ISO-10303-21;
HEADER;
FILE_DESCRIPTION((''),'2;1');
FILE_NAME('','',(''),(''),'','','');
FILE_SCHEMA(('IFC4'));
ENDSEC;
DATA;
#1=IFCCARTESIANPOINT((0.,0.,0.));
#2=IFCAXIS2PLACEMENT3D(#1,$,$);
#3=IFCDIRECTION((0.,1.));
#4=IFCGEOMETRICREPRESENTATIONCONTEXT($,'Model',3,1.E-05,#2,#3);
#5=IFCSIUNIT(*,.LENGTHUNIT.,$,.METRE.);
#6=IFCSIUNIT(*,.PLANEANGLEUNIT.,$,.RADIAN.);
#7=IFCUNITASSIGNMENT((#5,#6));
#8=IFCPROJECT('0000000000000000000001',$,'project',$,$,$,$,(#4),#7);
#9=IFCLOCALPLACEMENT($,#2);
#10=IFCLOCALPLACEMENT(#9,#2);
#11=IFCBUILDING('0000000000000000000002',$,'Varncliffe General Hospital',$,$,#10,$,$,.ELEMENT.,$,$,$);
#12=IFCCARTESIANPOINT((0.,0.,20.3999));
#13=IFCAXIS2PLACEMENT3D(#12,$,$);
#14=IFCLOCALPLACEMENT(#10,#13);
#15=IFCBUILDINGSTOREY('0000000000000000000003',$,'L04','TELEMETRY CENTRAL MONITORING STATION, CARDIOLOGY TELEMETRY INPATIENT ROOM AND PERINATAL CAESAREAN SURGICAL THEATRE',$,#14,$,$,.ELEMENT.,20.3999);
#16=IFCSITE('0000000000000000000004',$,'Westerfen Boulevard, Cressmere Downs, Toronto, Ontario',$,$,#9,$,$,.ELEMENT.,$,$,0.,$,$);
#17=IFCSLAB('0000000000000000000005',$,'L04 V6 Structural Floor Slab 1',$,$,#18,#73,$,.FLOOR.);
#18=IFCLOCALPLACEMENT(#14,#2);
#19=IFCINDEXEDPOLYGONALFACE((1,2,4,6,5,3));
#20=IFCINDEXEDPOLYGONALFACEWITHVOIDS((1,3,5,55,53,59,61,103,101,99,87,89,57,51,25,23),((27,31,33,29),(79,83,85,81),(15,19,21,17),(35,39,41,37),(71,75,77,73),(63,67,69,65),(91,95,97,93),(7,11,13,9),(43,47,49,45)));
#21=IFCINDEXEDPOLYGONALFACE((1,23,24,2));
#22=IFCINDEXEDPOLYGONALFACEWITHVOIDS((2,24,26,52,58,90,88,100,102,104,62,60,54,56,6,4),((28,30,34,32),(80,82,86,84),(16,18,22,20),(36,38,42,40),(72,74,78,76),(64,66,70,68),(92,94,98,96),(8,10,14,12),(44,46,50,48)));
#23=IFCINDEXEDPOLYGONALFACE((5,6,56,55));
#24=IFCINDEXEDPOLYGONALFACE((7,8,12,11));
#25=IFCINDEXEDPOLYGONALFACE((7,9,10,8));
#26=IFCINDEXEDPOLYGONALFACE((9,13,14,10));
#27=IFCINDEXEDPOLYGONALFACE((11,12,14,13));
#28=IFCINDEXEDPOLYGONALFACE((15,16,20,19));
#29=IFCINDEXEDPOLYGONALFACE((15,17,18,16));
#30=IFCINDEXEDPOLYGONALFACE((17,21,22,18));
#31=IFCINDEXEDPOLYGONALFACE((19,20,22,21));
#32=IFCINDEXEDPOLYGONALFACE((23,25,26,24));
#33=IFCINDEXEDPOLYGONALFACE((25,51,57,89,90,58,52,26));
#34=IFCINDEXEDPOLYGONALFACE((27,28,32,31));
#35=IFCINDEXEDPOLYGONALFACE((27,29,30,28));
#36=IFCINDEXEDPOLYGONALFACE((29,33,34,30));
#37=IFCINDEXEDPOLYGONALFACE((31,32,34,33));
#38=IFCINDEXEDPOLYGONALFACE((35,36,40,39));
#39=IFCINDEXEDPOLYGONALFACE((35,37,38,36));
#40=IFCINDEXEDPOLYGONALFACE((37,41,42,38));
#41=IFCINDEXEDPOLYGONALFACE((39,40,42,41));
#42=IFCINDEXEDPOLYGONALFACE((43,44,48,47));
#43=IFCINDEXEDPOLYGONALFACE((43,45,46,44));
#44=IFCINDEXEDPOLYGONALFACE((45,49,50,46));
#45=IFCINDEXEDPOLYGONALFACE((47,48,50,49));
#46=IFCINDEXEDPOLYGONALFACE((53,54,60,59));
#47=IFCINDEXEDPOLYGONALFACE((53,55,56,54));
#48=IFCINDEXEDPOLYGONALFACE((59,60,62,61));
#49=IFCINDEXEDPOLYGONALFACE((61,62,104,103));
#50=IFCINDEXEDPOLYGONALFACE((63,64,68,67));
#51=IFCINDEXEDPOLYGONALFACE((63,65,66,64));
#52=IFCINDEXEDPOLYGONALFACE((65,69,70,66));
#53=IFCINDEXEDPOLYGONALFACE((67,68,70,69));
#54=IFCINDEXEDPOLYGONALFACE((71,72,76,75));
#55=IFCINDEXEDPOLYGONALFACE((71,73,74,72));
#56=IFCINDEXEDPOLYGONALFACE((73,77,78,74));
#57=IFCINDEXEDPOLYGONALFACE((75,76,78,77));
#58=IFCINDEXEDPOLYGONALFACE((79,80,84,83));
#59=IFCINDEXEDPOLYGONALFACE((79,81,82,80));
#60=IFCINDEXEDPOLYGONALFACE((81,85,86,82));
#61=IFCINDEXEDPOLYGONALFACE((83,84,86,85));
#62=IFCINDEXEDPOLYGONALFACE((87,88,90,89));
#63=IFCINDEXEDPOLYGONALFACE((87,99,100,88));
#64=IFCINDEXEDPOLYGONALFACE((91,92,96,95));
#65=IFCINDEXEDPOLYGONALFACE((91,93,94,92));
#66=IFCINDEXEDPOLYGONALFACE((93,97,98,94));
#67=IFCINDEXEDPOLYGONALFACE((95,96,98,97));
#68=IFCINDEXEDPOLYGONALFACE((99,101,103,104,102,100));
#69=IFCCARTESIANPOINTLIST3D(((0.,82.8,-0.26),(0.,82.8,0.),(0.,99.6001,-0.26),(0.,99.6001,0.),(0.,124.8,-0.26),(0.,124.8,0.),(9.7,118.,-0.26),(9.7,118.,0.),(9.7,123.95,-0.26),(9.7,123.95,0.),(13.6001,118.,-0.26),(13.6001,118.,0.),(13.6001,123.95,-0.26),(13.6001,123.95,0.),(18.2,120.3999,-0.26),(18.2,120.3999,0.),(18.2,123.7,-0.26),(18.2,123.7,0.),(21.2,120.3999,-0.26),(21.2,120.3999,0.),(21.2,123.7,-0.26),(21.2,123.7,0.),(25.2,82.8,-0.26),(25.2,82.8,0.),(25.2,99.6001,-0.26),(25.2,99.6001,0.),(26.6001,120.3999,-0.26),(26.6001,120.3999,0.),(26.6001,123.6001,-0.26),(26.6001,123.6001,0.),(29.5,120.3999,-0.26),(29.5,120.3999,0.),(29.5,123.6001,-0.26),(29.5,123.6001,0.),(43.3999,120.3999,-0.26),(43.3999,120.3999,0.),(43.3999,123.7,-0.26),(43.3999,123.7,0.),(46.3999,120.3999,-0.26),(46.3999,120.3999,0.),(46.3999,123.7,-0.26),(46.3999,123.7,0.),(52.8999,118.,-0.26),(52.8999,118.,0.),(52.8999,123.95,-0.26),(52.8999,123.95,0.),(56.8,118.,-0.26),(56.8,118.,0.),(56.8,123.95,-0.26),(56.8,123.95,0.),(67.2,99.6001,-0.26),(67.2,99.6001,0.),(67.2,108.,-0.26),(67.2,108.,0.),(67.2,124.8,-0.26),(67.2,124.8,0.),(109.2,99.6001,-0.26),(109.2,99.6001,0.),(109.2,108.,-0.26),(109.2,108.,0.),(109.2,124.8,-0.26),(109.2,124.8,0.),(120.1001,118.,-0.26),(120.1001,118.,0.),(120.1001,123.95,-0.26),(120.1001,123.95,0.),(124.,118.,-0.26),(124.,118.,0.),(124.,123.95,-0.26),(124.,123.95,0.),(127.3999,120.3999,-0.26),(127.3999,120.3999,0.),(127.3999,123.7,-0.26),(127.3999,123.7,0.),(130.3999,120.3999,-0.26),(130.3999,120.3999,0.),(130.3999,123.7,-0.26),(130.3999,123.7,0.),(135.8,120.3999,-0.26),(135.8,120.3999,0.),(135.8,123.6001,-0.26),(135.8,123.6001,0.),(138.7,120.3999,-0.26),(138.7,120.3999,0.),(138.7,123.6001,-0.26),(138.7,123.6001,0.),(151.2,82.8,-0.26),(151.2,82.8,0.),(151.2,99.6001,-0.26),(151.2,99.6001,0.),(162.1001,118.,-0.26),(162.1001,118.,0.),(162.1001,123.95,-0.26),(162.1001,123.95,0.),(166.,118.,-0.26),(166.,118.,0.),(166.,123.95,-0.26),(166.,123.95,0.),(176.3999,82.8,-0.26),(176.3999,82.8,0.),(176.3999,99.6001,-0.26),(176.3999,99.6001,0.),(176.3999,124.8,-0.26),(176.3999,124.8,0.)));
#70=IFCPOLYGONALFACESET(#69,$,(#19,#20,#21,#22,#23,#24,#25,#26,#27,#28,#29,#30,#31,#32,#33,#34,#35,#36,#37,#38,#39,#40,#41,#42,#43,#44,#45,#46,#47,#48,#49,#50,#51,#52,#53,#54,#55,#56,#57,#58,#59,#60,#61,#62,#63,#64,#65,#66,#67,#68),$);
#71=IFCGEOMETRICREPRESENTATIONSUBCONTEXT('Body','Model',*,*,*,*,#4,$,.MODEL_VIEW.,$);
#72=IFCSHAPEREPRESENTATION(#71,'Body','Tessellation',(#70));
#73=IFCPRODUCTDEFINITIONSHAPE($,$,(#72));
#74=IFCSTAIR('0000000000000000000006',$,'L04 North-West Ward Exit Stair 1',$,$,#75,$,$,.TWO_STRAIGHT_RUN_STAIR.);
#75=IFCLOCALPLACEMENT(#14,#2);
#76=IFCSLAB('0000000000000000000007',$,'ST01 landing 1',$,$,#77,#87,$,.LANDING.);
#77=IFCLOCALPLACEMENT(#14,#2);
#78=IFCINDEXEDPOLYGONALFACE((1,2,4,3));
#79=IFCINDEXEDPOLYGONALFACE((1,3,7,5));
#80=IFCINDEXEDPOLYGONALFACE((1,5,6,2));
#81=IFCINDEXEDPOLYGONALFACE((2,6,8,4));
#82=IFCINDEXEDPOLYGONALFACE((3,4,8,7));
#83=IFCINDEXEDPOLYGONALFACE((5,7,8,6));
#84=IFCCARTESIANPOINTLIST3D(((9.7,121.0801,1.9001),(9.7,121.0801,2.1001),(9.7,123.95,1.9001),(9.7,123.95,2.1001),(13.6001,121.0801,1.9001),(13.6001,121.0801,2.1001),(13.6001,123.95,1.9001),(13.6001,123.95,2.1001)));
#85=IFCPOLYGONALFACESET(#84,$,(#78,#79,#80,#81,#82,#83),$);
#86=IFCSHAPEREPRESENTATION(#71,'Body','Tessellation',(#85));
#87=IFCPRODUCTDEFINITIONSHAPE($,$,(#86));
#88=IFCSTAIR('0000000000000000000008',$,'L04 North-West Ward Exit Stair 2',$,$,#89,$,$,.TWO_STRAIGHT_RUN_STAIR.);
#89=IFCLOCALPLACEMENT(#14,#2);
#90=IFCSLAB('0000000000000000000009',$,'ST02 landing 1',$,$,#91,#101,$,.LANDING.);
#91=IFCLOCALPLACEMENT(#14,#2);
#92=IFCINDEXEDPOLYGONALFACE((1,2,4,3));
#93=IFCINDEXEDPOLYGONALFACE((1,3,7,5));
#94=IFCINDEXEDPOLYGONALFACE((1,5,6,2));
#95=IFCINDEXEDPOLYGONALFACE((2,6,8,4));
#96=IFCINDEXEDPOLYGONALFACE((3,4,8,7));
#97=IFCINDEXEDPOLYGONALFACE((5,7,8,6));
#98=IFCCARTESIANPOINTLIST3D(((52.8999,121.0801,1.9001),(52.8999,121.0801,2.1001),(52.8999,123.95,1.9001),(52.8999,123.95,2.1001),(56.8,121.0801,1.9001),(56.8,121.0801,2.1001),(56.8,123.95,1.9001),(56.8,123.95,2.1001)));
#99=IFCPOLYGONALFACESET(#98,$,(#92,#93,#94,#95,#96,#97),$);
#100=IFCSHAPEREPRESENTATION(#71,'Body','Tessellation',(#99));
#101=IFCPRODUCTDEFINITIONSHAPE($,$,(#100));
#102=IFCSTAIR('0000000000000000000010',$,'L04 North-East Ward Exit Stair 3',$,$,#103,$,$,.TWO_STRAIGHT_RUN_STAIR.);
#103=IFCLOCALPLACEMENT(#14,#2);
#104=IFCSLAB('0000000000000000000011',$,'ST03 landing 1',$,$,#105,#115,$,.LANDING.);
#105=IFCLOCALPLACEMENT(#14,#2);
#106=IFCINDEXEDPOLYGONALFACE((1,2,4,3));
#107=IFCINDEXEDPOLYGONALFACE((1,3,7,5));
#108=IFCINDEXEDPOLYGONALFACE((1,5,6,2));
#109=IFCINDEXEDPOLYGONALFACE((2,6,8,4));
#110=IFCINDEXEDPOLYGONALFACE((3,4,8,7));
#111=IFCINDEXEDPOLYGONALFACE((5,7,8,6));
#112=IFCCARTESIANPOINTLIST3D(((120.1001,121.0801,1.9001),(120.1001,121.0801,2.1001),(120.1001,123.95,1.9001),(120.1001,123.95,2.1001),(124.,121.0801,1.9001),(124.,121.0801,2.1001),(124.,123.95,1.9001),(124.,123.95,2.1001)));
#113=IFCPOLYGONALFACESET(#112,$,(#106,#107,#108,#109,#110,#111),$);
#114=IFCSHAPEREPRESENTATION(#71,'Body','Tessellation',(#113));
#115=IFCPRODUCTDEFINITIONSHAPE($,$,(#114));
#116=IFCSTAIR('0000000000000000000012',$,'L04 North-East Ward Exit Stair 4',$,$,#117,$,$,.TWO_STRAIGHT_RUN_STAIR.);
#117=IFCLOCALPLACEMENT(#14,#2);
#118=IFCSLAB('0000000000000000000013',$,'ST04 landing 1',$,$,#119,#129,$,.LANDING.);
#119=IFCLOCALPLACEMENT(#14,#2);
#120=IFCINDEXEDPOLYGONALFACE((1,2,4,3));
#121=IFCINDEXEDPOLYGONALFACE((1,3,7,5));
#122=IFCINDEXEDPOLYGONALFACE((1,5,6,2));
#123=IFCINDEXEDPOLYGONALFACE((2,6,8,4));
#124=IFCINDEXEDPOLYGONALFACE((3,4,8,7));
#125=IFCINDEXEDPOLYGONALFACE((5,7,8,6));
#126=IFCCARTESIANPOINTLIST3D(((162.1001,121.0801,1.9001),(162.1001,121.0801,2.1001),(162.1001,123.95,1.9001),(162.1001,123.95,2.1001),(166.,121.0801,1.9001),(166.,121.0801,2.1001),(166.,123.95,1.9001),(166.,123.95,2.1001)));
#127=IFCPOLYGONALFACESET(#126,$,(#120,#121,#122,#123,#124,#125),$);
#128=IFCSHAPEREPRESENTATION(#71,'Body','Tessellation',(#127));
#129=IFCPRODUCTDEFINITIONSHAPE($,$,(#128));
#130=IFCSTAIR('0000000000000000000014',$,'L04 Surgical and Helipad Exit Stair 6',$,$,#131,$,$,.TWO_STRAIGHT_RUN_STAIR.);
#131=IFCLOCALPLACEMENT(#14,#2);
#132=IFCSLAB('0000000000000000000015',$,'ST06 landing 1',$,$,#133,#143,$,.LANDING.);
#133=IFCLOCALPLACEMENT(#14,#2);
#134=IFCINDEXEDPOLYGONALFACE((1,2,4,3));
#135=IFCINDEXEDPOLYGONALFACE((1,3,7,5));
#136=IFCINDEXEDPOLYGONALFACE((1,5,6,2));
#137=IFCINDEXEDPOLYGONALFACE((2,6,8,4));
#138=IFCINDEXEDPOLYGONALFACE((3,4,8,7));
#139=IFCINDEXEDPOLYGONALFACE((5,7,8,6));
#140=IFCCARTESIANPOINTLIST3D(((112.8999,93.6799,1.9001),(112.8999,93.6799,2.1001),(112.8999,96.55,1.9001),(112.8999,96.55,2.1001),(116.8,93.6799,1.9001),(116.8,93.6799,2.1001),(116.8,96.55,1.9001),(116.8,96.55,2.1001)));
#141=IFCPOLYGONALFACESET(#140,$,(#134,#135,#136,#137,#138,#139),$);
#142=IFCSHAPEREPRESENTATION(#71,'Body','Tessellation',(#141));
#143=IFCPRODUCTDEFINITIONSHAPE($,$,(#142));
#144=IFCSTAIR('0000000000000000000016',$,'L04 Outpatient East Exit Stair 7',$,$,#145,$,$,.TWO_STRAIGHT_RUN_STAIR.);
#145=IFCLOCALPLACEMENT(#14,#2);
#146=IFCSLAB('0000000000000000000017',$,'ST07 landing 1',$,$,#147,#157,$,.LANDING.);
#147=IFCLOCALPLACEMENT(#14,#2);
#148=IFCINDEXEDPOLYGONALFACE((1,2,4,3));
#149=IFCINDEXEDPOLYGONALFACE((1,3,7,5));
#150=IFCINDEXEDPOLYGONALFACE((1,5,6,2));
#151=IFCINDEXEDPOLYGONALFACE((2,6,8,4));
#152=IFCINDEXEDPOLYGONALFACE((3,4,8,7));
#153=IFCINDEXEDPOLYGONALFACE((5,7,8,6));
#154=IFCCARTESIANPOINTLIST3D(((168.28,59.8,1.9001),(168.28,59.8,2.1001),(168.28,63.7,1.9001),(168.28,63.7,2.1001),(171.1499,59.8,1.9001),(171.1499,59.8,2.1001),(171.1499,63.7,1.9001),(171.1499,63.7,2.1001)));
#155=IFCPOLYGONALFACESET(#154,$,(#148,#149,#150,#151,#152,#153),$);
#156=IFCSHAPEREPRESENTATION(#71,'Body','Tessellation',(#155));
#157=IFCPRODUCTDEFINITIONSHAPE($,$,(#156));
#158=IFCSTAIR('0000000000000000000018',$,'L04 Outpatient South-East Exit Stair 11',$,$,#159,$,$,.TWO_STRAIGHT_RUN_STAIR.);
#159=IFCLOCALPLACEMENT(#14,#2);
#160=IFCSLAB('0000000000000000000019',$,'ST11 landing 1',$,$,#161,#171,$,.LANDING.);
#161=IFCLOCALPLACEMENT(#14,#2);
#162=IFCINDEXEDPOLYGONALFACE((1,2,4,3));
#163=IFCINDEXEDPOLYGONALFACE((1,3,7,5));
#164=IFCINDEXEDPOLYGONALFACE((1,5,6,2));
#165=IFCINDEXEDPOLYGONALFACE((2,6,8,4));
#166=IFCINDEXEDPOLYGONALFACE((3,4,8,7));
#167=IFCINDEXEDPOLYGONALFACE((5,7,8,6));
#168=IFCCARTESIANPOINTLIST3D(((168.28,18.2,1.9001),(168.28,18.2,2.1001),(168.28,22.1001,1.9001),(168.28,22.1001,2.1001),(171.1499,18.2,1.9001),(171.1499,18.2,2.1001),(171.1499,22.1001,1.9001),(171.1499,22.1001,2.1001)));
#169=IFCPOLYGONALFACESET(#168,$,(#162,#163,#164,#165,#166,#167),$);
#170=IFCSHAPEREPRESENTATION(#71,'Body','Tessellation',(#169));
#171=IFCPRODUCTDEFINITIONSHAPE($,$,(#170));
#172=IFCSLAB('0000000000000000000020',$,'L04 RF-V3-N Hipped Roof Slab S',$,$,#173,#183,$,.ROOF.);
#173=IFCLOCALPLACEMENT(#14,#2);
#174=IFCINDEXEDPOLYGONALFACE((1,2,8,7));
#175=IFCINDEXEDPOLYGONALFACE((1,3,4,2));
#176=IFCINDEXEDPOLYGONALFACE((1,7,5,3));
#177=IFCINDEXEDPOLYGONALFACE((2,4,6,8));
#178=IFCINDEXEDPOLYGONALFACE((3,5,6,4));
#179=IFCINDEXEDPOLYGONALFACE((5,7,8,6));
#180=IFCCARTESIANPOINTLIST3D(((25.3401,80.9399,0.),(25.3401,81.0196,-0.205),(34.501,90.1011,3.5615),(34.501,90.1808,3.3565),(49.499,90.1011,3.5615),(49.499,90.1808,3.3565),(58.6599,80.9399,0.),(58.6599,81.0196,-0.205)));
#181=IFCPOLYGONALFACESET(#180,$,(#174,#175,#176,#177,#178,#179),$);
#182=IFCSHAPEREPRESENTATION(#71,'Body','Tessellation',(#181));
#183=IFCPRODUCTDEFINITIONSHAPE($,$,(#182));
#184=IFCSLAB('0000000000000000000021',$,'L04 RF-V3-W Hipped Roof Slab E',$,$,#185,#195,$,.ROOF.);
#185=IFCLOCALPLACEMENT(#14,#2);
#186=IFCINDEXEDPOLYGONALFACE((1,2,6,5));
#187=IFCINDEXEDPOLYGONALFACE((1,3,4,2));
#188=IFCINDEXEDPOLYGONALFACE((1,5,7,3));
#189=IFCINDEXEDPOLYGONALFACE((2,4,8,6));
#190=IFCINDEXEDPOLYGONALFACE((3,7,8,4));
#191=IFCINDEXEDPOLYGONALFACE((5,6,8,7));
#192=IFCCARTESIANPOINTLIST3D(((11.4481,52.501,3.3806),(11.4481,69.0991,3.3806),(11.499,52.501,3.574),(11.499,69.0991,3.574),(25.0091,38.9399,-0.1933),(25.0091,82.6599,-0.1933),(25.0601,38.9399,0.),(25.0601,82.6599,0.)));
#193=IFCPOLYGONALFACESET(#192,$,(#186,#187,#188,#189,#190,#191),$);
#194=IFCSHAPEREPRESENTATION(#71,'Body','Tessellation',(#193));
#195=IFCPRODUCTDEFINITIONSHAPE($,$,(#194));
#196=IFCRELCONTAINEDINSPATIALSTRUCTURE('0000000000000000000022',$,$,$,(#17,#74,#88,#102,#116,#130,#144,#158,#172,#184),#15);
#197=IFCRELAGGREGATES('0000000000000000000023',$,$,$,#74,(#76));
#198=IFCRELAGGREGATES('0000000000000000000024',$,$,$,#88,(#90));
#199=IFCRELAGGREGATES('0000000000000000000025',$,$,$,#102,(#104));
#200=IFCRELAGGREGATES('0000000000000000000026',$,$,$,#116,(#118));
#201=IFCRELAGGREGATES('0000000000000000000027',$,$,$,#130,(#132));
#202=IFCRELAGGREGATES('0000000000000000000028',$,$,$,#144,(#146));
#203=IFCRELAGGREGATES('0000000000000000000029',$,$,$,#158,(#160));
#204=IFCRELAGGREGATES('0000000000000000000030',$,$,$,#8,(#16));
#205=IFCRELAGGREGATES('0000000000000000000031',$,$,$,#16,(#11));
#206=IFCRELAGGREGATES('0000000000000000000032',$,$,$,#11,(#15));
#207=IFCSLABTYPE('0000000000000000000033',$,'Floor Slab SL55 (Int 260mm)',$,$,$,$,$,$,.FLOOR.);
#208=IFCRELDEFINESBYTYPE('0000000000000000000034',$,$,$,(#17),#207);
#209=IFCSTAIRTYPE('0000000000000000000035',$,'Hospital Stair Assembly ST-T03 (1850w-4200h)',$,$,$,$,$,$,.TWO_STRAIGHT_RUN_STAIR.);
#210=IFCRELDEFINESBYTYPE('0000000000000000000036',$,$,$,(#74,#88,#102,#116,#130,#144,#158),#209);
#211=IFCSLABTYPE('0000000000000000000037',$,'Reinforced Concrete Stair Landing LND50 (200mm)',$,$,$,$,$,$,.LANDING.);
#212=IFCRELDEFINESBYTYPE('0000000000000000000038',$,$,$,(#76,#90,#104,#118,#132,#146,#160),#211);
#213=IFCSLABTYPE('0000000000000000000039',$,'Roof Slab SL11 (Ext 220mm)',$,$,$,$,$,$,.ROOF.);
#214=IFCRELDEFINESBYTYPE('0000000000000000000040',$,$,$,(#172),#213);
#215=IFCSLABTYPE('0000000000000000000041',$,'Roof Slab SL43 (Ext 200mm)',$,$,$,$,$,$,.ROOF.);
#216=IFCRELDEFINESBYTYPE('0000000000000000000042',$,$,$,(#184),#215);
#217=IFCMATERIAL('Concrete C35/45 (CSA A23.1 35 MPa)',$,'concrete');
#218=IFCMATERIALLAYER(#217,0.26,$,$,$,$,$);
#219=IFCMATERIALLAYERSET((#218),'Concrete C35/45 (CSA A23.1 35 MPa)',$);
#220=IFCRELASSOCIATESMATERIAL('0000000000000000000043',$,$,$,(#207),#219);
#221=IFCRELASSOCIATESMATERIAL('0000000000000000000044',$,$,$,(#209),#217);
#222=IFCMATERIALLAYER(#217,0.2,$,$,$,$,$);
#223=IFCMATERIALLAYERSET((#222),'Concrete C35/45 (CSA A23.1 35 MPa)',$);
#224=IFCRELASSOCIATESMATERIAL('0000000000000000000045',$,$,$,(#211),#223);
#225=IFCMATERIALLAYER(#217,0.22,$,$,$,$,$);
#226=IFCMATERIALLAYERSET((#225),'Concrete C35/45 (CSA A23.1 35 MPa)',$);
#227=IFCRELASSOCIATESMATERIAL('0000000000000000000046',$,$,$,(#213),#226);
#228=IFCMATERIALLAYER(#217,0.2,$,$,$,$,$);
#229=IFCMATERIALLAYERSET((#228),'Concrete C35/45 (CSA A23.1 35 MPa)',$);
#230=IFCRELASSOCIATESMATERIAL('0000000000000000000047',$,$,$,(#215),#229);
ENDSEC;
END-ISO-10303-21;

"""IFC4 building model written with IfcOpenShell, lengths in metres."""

from ifc_helpers import new_model, si_unit, direction, frame, origin, place, context, subcontext, project, spatial, polyline, outline, extrude, material, layer, layer_set, type_object, element, aggregate, save


model = new_model("IFC4")

# Units and contexts
model_context = context("Model", 3, precision=1e-05, world=origin(), true_north=direction((0.0, 1.0)))
body_context = subcontext(model_context, "Body", "Model", "MODEL_VIEW")
ifc_project = project(units=[si_unit("LENGTHUNIT", "METRE"), si_unit("PLANEANGLEUNIT", "RADIAN")], contexts=[model_context])

# Site, building, storey
site_placement = place(None, origin())
site = spatial("IfcSite", under=ifc_project, at=site_placement, Name="Westerfen Boulevard, Cressmere Downs, Toronto, Ontario", CompositionType="ELEMENT", RefElevation=0.0)
building_placement = place(site_placement, origin())
building = spatial("IfcBuilding", under=site, at=building_placement, Name="Varncliffe General Hospital", CompositionType="ELEMENT")
storey_placement = place(building_placement, frame((0.0, 0.0, 20.3999)))
storey = spatial("IfcBuildingStorey", under=building, at=storey_placement, Name="L04", Description="TELEMETRY CENTRAL MONITORING STATION, CARDIOLOGY TELEMETRY INPATIENT ROOM AND PERINATAL CAESAREAN SURGICAL THEATRE", CompositionType="ELEMENT", Elevation=20.3999)

# Shared definitions
ifc_material_1 = material(Name="Concrete C35/45 (CSA A23.1 35 MPa)", Category="concrete")

# Slab
ifc_layer_1 = layer(ifc_material_1, 0.26)
ifc_layer_set_1 = layer_set([ifc_layer_1], Name="Concrete C35/45 (CSA A23.1 35 MPa)")
slab_type_1 = type_object("IfcSlabType", Name="Floor Slab SL55 (Int 260mm)", PredefinedType="FLOOR", material=ifc_layer_set_1)
slab_1_placement = place(storey_placement, frame((0.0, 0.0, -0.26)))
element("IfcSlab", 1, at=slab_1_placement, inside=storey, type_object=slab_type_1, Name="L04 V6 Structural Floor Slab 1", PredefinedType="FLOOR", context=body_context, shape_type="SweptSolid", body=[
    extrude(outline(polyline([(0.0, 99.6001), (0.0, 124.8), (67.2, 124.8), (67.2, 108.0), (109.2, 108.0), (109.2, 124.8), (176.3999, 124.8), (176.3999, 99.6001), (176.3999, 82.8), (151.2, 82.8), (151.2, 99.6001), (109.2, 99.6001), (67.2, 99.6001), (25.2, 99.6001), (25.2, 82.8), (0.0, 82.8), (0.0, 99.6001)]), holes=[polyline([(13.6001, 118.0), (13.6001, 123.95), (9.7, 123.95), (9.7, 118.0), (13.6001, 118.0)]), polyline([(56.8, 118.0), (56.8, 123.95), (52.8999, 123.95), (52.8999, 118.0), (56.8, 118.0)]), polyline([(124.0, 118.0), (124.0, 123.95), (120.1001, 123.95), (120.1001, 118.0), (124.0, 118.0)]), polyline([(166.0, 118.0), (166.0, 123.95), (162.1001, 123.95), (162.1001, 118.0), (166.0, 118.0)]), polyline([(18.2, 120.3999), (21.2, 120.3999), (21.2, 123.7), (18.2, 123.7), (18.2, 120.3999)]), polyline([(43.3999, 120.3999), (46.3999, 120.3999), (46.3999, 123.7), (43.3999, 123.7), (43.3999, 120.3999)]), polyline([(127.3999, 120.3999), (130.3999, 120.3999), (130.3999, 123.7), (127.3999, 123.7), (127.3999, 120.3999)]), polyline([(26.6001, 120.3999), (29.5, 120.3999), (29.5, 123.6001), (26.6001, 123.6001), (26.6001, 120.3999)]), polyline([(135.8, 120.3999), (138.7, 120.3999), (138.7, 123.6001), (135.8, 123.6001), (135.8, 120.3999)])]), origin(), (0.0, 0.0, 1.0), 0.26),
])

# Stairs, slabs
stair_type = type_object("IfcStairType", Name="Hospital Stair Assembly ST-T03 (1850w-4200h)", PredefinedType="TWO_STRAIGHT_RUN_STAIR", material=ifc_material_1)
stair_1_placement = place(storey_placement, origin())
stair_1 = element("IfcStair", 2, at=stair_1_placement, inside=storey, type_object=stair_type, Name="L04 North-West Ward Exit Stair 1", PredefinedType="TWO_STRAIGHT_RUN_STAIR")
ifc_layer_2 = layer(ifc_material_1, 0.2)
ifc_layer_set_2 = layer_set([ifc_layer_2], Name="Concrete C35/45 (CSA A23.1 35 MPa)")
slab_type_2 = type_object("IfcSlabType", Name="Reinforced Concrete Stair Landing LND50 (200mm)", PredefinedType="LANDING", material=ifc_layer_set_2)
slab_2_placement = place(storey_placement, frame((0.0, 0.0, 1.9001)))
slab_2 = element("IfcSlab", 3, at=slab_2_placement, type_object=slab_type_2, Name="ST01 landing 1", PredefinedType="LANDING", context=body_context, shape_type="SweptSolid", body=[
    extrude(outline(polyline([(13.6001, 121.0801), (13.6001, 123.95), (9.7, 123.95), (9.7, 121.0801), (13.6001, 121.0801)])), origin(), (0.0, 0.0, 1.0), 0.2),
])
aggregate(stair_1, [slab_2])
stair_2_placement = place(storey_placement, origin())
stair_2 = element("IfcStair", 4, at=stair_2_placement, inside=storey, type_object=stair_type, Name="L04 North-West Ward Exit Stair 2", PredefinedType="TWO_STRAIGHT_RUN_STAIR")
slab_3_placement = place(storey_placement, frame((0.0, 0.0, 1.9001)))
slab_3 = element("IfcSlab", 5, at=slab_3_placement, type_object=slab_type_2, Name="ST02 landing 1", PredefinedType="LANDING", context=body_context, shape_type="SweptSolid", body=[
    extrude(outline(polyline([(56.8, 121.0801), (56.8, 123.95), (52.8999, 123.95), (52.8999, 121.0801), (56.8, 121.0801)])), origin(), (0.0, 0.0, 1.0), 0.2),
])
aggregate(stair_2, [slab_3])
stair_3_placement = place(storey_placement, origin())
stair_3 = element("IfcStair", 6, at=stair_3_placement, inside=storey, type_object=stair_type, Name="L04 North-East Ward Exit Stair 3", PredefinedType="TWO_STRAIGHT_RUN_STAIR")
slab_4_placement = place(storey_placement, frame((0.0, 0.0, 1.9001)))
slab_4 = element("IfcSlab", 7, at=slab_4_placement, type_object=slab_type_2, Name="ST03 landing 1", PredefinedType="LANDING", context=body_context, shape_type="SweptSolid", body=[
    extrude(outline(polyline([(124.0, 121.0801), (124.0, 123.95), (120.1001, 123.95), (120.1001, 121.0801), (124.0, 121.0801)])), origin(), (0.0, 0.0, 1.0), 0.2),
])
aggregate(stair_3, [slab_4])
stair_4_placement = place(storey_placement, origin())
stair_4 = element("IfcStair", 8, at=stair_4_placement, inside=storey, type_object=stair_type, Name="L04 North-East Ward Exit Stair 4", PredefinedType="TWO_STRAIGHT_RUN_STAIR")
slab_5_placement = place(storey_placement, frame((0.0, 0.0, 1.9001)))
slab_5 = element("IfcSlab", 9, at=slab_5_placement, type_object=slab_type_2, Name="ST04 landing 1", PredefinedType="LANDING", context=body_context, shape_type="SweptSolid", body=[
    extrude(outline(polyline([(166.0, 121.0801), (166.0, 123.95), (162.1001, 123.95), (162.1001, 121.0801), (166.0, 121.0801)])), origin(), (0.0, 0.0, 1.0), 0.2),
])
aggregate(stair_4, [slab_5])
stair_5_placement = place(storey_placement, origin())
stair_5 = element("IfcStair", 10, at=stair_5_placement, inside=storey, type_object=stair_type, Name="L04 Surgical and Helipad Exit Stair 6", PredefinedType="TWO_STRAIGHT_RUN_STAIR")
slab_6_placement = place(storey_placement, frame((0.0, 0.0, 1.9001)))
slab_6 = element("IfcSlab", 11, at=slab_6_placement, type_object=slab_type_2, Name="ST06 landing 1", PredefinedType="LANDING", context=body_context, shape_type="SweptSolid", body=[
    extrude(outline(polyline([(116.8, 93.6799), (116.8, 96.55), (112.8999, 96.55), (112.8999, 93.6799), (116.8, 93.6799)])), origin(), (0.0, 0.0, 1.0), 0.2),
])
aggregate(stair_5, [slab_6])
stair_6_placement = place(storey_placement, origin())
stair_6 = element("IfcStair", 12, at=stair_6_placement, inside=storey, type_object=stair_type, Name="L04 Outpatient East Exit Stair 7", PredefinedType="TWO_STRAIGHT_RUN_STAIR")
slab_7_placement = place(storey_placement, frame((0.0, 0.0, 1.9001)))
slab_7 = element("IfcSlab", 13, at=slab_7_placement, type_object=slab_type_2, Name="ST07 landing 1", PredefinedType="LANDING", context=body_context, shape_type="SweptSolid", body=[
    extrude(outline(polyline([(168.28, 59.8), (171.1499, 59.8), (171.1499, 63.7), (168.28, 63.7), (168.28, 59.8)])), origin(), (0.0, 0.0, 1.0), 0.2),
])
aggregate(stair_6, [slab_7])
stair_7_placement = place(storey_placement, origin())
stair_7 = element("IfcStair", 14, at=stair_7_placement, inside=storey, type_object=stair_type, Name="L04 Outpatient South-East Exit Stair 11", PredefinedType="TWO_STRAIGHT_RUN_STAIR")
slab_8_placement = place(storey_placement, frame((0.0, 0.0, 1.9001)))
slab_8 = element("IfcSlab", 15, at=slab_8_placement, type_object=slab_type_2, Name="ST11 landing 1", PredefinedType="LANDING", context=body_context, shape_type="SweptSolid", body=[
    extrude(outline(polyline([(168.28, 18.2), (171.1499, 18.2), (171.1499, 22.1001), (168.28, 22.1001), (168.28, 18.2)])), origin(), (0.0, 0.0, 1.0), 0.2),
])
aggregate(stair_7, [slab_8])

# Slabs
ifc_layer_3 = layer(ifc_material_1, 0.22)
ifc_layer_set_3 = layer_set([ifc_layer_3], Name="Concrete C35/45 (CSA A23.1 35 MPa)")
slab_type_3 = type_object("IfcSlabType", Name="Roof Slab SL11 (Ext 220mm)", PredefinedType="ROOF", material=ifc_layer_set_3)
slab_9_placement = place(storey_placement, frame((25.3401, 80.9399, 0.0), z_axis=(0.0, -0.362346, 0.932044), x_axis=(1.0, 0.0, 0.0)))
element("IfcSlab", 16, at=slab_9_placement, inside=storey, type_object=slab_type_3, Name="L04 RF-V3-N Hipped Roof Slab S", PredefinedType="ROOF", context=body_context, shape_type="SweptSolid", body=[
    extrude(outline(polyline([(0.0, 0.0), (33.3198, 0.0), (24.1589, 9.8291), (9.1609, 9.8291), (0.0, 0.0)])), origin(), (0.0, 0.0, -1.0), 0.22),
])
ifc_layer_4 = layer(ifc_material_1, 0.2)
ifc_layer_set_4 = layer_set([ifc_layer_4], Name="Concrete C35/45 (CSA A23.1 35 MPa)")
slab_type_4 = type_object("IfcSlabType", Name="Roof Slab SL43 (Ext 200mm)", PredefinedType="ROOF", material=ifc_layer_set_4)
slab_10_placement = place(storey_placement, frame((25.0601, 38.9399, 0.0), z_axis=(0.254845, 0.0, 0.966982), x_axis=(0.0, 1.0, 0.0)))
element("IfcSlab", 17, at=slab_10_placement, inside=storey, type_object=slab_type_4, Name="L04 RF-V3-W Hipped Roof Slab E", PredefinedType="ROOF", context=body_context, shape_type="SweptSolid", body=[
    extrude(outline(polyline([(0.0, 0.0), (43.72, 0.0), (30.1592, 14.0241), (13.561, 14.0241), (0.0, 0.0)])), origin(), (0.0, 0.0, -1.0), 0.2),
])

save(model, "model.ifc")
